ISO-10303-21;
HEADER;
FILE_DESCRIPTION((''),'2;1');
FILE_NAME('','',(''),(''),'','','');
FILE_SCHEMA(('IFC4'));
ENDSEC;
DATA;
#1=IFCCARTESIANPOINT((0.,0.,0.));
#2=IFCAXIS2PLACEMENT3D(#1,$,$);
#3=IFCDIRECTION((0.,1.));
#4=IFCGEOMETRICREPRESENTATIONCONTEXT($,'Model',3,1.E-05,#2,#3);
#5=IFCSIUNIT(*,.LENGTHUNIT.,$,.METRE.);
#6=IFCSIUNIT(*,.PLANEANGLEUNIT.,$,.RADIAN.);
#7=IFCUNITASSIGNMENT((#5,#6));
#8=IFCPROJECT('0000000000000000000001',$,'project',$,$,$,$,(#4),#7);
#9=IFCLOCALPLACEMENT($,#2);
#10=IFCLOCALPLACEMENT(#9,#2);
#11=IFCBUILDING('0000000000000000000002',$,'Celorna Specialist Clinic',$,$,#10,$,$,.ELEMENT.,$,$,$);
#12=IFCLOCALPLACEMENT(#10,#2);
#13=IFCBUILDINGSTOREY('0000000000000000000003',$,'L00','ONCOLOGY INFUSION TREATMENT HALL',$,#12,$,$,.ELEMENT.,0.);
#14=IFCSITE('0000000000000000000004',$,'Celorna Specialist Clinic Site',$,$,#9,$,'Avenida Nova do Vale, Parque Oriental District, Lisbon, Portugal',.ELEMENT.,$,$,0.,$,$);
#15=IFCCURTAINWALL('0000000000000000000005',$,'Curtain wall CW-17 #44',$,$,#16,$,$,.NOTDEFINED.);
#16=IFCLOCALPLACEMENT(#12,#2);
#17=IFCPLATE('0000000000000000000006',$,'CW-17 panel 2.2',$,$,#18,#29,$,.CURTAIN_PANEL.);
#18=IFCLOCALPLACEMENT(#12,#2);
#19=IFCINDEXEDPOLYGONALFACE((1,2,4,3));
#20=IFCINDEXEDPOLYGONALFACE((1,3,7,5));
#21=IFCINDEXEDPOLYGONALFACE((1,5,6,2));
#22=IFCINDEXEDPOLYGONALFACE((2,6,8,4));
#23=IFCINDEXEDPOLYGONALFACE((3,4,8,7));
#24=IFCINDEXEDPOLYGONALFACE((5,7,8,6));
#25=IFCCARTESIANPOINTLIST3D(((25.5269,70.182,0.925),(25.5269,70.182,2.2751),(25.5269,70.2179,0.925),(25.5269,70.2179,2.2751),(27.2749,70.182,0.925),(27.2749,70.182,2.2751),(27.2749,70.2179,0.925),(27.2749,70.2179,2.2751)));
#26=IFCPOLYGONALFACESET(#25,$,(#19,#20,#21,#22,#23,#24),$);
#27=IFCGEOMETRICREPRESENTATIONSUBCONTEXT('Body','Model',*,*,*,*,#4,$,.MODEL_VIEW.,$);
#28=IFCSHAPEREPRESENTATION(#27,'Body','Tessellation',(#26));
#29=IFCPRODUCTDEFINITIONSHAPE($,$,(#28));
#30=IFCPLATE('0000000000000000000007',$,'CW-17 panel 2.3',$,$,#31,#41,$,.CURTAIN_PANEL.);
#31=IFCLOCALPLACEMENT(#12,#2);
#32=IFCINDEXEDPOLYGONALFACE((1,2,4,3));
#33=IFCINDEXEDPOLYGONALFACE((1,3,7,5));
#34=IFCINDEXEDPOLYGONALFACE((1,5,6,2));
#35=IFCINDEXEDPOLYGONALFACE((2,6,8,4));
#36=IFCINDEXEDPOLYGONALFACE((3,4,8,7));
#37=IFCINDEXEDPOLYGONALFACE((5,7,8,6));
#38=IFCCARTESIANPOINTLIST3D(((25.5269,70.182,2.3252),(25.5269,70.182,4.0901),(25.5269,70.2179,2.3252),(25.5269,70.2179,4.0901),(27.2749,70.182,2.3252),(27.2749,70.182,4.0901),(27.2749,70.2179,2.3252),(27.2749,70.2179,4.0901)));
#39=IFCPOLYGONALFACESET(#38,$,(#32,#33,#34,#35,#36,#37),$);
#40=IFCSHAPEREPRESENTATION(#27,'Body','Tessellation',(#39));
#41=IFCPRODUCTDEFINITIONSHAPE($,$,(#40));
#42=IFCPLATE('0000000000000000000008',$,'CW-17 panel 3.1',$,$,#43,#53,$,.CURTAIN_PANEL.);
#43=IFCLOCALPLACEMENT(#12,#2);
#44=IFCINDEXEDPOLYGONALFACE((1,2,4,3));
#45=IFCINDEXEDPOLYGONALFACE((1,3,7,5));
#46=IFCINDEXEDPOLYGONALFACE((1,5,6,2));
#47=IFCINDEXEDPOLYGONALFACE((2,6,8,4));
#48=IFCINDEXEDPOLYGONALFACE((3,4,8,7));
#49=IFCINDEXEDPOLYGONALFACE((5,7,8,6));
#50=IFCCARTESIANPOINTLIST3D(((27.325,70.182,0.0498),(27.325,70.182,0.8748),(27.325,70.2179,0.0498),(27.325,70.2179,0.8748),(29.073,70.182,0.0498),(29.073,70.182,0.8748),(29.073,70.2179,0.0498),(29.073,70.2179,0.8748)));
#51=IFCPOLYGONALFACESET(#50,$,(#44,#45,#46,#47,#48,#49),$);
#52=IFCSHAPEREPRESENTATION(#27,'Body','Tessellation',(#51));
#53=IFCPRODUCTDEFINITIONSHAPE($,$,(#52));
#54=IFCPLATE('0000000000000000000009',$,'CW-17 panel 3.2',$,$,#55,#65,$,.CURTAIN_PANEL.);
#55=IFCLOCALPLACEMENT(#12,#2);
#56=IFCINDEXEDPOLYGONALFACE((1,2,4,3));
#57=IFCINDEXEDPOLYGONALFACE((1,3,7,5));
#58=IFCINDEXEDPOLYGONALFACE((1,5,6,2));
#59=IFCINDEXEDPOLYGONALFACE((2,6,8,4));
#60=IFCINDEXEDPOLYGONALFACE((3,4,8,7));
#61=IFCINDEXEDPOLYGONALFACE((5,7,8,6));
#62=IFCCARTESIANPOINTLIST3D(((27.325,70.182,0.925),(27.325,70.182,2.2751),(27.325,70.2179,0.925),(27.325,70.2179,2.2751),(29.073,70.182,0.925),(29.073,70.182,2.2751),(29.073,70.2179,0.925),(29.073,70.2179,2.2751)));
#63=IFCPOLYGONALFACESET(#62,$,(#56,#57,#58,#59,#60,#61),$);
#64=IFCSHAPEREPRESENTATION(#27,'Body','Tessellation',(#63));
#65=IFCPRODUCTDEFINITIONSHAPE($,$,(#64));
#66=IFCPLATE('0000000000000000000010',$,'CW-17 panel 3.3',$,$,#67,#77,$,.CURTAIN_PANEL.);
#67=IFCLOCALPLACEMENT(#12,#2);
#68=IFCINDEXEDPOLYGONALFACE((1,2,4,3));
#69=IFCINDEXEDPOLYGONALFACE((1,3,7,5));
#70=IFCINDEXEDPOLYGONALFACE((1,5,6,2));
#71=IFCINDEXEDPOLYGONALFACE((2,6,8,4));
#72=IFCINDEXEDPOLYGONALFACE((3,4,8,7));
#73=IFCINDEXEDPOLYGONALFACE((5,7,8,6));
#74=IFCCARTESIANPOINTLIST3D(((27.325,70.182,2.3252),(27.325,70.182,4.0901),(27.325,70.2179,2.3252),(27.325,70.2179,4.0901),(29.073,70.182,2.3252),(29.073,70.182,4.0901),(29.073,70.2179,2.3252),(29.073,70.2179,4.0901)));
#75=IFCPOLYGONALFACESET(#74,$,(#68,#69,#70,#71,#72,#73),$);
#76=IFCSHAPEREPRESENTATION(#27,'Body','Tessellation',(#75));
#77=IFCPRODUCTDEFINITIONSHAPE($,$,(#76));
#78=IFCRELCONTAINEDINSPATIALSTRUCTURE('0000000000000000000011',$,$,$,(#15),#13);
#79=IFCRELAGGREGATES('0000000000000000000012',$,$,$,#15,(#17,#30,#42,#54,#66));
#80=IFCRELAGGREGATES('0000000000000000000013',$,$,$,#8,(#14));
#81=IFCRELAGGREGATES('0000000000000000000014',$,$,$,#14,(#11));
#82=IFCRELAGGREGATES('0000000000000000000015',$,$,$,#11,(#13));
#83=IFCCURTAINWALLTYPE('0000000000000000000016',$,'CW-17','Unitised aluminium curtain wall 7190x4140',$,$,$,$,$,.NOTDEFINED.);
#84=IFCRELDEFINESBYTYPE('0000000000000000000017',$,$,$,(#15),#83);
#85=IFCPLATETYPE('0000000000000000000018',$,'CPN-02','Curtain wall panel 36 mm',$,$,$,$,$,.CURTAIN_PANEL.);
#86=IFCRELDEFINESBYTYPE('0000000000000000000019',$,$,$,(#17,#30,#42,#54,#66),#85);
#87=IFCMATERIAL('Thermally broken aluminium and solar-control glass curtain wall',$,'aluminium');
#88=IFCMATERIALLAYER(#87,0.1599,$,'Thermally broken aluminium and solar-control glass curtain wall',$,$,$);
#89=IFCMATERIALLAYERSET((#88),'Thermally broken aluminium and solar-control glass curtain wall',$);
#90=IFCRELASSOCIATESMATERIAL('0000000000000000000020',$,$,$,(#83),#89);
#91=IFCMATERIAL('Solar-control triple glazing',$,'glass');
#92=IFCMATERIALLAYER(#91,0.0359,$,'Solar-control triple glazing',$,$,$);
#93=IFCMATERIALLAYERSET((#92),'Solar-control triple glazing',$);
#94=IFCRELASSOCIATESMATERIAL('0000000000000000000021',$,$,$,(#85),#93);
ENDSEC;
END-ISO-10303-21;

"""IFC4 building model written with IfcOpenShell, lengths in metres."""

from ifc_helpers import new_model, si_unit, direction, frame, origin, origin_2d, place, context, subcontext, project, spatial, rectangle, extrude, material, layer, layer_set, type_object, element, aggregate, save


model = new_model("IFC4")

# Units and contexts
model_context = context("Model", 3, precision=1e-05, world=origin(), true_north=direction((0.0, 1.0)))
body_context = subcontext(model_context, "Body", "Model", "MODEL_VIEW")
ifc_project = project(units=[si_unit("LENGTHUNIT", "METRE"), si_unit("PLANEANGLEUNIT", "RADIAN")], contexts=[model_context])

# Site, building, storey
site_placement = place(None, origin())
site = spatial("IfcSite", under=ifc_project, at=site_placement, Name="Celorna Specialist Clinic Site", LongName="Avenida Nova do Vale, Parque Oriental District, Lisbon, Portugal", CompositionType="ELEMENT", RefElevation=0.0)
building_placement = place(site_placement, origin())
building = spatial("IfcBuilding", under=site, at=building_placement, Name="Celorna Specialist Clinic", CompositionType="ELEMENT")
storey_placement = place(building_placement, origin())
storey = spatial("IfcBuildingStorey", under=building, at=storey_placement, Name="L00", Description="ONCOLOGY INFUSION TREATMENT HALL", CompositionType="ELEMENT", Elevation=0.0)

# Shared definitions
ifc_material_1 = material(Name="Thermally broken aluminium and solar-control glass curtain wall", Category="aluminium")

# Curtain wall
ifc_layer_1 = layer(ifc_material_1, 0.1599, Name="Thermally broken aluminium and solar-control glass curtain wall")
ifc_layer_set_1 = layer_set([ifc_layer_1], Name="Thermally broken aluminium and solar-control glass curtain wall")
curtain_wall_type_1 = type_object("IfcCurtainWallType", Name="CW-17", Description="Unitised aluminium curtain wall 7190x4140", PredefinedType="NOTDEFINED", material=ifc_layer_set_1)
curtain_wall_1_placement = place(storey_placement, origin())
curtain_wall_1 = element("IfcCurtainWall", 1, at=curtain_wall_1_placement, inside=storey, type_object=curtain_wall_type_1, Name="Curtain wall CW-17 #44", PredefinedType="NOTDEFINED")

# Plates
ifc_material_2 = material(Name="Solar-control triple glazing", Category="glass")
ifc_layer_2 = layer(ifc_material_2, 0.0359, Name="Solar-control triple glazing")
ifc_layer_set_2 = layer_set([ifc_layer_2], Name="Solar-control triple glazing")
plate_type_1 = type_object("IfcPlateType", Name="CPN-02", Description="Curtain wall panel 36 mm", PredefinedType="CURTAIN_PANEL", material=ifc_layer_set_2)
plate_1_placement = place(storey_placement, frame((26.4009, 70.2, 0.925), z_axis=(0.0, 0.0, 1.0), x_axis=(1.0, 0.0, 0.0)))
plate_1 = element("IfcPlate", 2, at=plate_1_placement, type_object=plate_type_1, Name="CW-17 panel 2.2", PredefinedType="CURTAIN_PANEL", context=body_context, shape_type="SweptSolid", body=[
    extrude(rectangle(XDim=1.748, YDim=0.0359, at=origin_2d()), origin(), (0.0, 0.0, 1.0), 1.3501),
])
plate_2_placement = place(storey_placement, frame((26.4009, 70.2, 2.3252), z_axis=(0.0, 0.0, 1.0), x_axis=(1.0, 0.0, 0.0)))
plate_2 = element("IfcPlate", 3, at=plate_2_placement, type_object=plate_type_1, Name="CW-17 panel 2.3", PredefinedType="CURTAIN_PANEL", context=body_context, shape_type="SweptSolid", body=[
    extrude(rectangle(XDim=1.748, YDim=0.0359, at=origin_2d()), origin(), (0.0, 0.0, 1.0), 1.7649),
])
plate_3_placement = place(storey_placement, frame((28.199, 70.2, 0.0498), z_axis=(0.0, 0.0, 1.0), x_axis=(1.0, 0.0, 0.0)))
plate_3 = element("IfcPlate", 4, at=plate_3_placement, type_object=plate_type_1, Name="CW-17 panel 3.1", PredefinedType="CURTAIN_PANEL", context=body_context, shape_type="SweptSolid", body=[
    extrude(rectangle(XDim=1.748, YDim=0.0359, at=origin_2d()), origin(), (0.0, 0.0, 1.0), 0.825),
])
plate_4_placement = place(storey_placement, frame((28.199, 70.2, 0.925), z_axis=(0.0, 0.0, 1.0), x_axis=(1.0, 0.0, 0.0)))
plate_4 = element("IfcPlate", 5, at=plate_4_placement, type_object=plate_type_1, Name="CW-17 panel 3.2", PredefinedType="CURTAIN_PANEL", context=body_context, shape_type="SweptSolid", body=[
    extrude(rectangle(XDim=1.748, YDim=0.0359, at=origin_2d()), origin(), (0.0, 0.0, 1.0), 1.3501),
])
plate_5_placement = place(storey_placement, frame((28.199, 70.2, 2.3252), z_axis=(0.0, 0.0, 1.0), x_axis=(1.0, 0.0, 0.0)))
plate_5 = element("IfcPlate", 6, at=plate_5_placement, type_object=plate_type_1, Name="CW-17 panel 3.3", PredefinedType="CURTAIN_PANEL", context=body_context, shape_type="SweptSolid", body=[
    extrude(rectangle(XDim=1.748, YDim=0.0359, at=origin_2d()), origin(), (0.0, 0.0, 1.0), 1.7649),
])
aggregate(curtain_wall_1, [plate_1, plate_2, plate_3, plate_4, plate_5])

save(model, "model.ifc")
